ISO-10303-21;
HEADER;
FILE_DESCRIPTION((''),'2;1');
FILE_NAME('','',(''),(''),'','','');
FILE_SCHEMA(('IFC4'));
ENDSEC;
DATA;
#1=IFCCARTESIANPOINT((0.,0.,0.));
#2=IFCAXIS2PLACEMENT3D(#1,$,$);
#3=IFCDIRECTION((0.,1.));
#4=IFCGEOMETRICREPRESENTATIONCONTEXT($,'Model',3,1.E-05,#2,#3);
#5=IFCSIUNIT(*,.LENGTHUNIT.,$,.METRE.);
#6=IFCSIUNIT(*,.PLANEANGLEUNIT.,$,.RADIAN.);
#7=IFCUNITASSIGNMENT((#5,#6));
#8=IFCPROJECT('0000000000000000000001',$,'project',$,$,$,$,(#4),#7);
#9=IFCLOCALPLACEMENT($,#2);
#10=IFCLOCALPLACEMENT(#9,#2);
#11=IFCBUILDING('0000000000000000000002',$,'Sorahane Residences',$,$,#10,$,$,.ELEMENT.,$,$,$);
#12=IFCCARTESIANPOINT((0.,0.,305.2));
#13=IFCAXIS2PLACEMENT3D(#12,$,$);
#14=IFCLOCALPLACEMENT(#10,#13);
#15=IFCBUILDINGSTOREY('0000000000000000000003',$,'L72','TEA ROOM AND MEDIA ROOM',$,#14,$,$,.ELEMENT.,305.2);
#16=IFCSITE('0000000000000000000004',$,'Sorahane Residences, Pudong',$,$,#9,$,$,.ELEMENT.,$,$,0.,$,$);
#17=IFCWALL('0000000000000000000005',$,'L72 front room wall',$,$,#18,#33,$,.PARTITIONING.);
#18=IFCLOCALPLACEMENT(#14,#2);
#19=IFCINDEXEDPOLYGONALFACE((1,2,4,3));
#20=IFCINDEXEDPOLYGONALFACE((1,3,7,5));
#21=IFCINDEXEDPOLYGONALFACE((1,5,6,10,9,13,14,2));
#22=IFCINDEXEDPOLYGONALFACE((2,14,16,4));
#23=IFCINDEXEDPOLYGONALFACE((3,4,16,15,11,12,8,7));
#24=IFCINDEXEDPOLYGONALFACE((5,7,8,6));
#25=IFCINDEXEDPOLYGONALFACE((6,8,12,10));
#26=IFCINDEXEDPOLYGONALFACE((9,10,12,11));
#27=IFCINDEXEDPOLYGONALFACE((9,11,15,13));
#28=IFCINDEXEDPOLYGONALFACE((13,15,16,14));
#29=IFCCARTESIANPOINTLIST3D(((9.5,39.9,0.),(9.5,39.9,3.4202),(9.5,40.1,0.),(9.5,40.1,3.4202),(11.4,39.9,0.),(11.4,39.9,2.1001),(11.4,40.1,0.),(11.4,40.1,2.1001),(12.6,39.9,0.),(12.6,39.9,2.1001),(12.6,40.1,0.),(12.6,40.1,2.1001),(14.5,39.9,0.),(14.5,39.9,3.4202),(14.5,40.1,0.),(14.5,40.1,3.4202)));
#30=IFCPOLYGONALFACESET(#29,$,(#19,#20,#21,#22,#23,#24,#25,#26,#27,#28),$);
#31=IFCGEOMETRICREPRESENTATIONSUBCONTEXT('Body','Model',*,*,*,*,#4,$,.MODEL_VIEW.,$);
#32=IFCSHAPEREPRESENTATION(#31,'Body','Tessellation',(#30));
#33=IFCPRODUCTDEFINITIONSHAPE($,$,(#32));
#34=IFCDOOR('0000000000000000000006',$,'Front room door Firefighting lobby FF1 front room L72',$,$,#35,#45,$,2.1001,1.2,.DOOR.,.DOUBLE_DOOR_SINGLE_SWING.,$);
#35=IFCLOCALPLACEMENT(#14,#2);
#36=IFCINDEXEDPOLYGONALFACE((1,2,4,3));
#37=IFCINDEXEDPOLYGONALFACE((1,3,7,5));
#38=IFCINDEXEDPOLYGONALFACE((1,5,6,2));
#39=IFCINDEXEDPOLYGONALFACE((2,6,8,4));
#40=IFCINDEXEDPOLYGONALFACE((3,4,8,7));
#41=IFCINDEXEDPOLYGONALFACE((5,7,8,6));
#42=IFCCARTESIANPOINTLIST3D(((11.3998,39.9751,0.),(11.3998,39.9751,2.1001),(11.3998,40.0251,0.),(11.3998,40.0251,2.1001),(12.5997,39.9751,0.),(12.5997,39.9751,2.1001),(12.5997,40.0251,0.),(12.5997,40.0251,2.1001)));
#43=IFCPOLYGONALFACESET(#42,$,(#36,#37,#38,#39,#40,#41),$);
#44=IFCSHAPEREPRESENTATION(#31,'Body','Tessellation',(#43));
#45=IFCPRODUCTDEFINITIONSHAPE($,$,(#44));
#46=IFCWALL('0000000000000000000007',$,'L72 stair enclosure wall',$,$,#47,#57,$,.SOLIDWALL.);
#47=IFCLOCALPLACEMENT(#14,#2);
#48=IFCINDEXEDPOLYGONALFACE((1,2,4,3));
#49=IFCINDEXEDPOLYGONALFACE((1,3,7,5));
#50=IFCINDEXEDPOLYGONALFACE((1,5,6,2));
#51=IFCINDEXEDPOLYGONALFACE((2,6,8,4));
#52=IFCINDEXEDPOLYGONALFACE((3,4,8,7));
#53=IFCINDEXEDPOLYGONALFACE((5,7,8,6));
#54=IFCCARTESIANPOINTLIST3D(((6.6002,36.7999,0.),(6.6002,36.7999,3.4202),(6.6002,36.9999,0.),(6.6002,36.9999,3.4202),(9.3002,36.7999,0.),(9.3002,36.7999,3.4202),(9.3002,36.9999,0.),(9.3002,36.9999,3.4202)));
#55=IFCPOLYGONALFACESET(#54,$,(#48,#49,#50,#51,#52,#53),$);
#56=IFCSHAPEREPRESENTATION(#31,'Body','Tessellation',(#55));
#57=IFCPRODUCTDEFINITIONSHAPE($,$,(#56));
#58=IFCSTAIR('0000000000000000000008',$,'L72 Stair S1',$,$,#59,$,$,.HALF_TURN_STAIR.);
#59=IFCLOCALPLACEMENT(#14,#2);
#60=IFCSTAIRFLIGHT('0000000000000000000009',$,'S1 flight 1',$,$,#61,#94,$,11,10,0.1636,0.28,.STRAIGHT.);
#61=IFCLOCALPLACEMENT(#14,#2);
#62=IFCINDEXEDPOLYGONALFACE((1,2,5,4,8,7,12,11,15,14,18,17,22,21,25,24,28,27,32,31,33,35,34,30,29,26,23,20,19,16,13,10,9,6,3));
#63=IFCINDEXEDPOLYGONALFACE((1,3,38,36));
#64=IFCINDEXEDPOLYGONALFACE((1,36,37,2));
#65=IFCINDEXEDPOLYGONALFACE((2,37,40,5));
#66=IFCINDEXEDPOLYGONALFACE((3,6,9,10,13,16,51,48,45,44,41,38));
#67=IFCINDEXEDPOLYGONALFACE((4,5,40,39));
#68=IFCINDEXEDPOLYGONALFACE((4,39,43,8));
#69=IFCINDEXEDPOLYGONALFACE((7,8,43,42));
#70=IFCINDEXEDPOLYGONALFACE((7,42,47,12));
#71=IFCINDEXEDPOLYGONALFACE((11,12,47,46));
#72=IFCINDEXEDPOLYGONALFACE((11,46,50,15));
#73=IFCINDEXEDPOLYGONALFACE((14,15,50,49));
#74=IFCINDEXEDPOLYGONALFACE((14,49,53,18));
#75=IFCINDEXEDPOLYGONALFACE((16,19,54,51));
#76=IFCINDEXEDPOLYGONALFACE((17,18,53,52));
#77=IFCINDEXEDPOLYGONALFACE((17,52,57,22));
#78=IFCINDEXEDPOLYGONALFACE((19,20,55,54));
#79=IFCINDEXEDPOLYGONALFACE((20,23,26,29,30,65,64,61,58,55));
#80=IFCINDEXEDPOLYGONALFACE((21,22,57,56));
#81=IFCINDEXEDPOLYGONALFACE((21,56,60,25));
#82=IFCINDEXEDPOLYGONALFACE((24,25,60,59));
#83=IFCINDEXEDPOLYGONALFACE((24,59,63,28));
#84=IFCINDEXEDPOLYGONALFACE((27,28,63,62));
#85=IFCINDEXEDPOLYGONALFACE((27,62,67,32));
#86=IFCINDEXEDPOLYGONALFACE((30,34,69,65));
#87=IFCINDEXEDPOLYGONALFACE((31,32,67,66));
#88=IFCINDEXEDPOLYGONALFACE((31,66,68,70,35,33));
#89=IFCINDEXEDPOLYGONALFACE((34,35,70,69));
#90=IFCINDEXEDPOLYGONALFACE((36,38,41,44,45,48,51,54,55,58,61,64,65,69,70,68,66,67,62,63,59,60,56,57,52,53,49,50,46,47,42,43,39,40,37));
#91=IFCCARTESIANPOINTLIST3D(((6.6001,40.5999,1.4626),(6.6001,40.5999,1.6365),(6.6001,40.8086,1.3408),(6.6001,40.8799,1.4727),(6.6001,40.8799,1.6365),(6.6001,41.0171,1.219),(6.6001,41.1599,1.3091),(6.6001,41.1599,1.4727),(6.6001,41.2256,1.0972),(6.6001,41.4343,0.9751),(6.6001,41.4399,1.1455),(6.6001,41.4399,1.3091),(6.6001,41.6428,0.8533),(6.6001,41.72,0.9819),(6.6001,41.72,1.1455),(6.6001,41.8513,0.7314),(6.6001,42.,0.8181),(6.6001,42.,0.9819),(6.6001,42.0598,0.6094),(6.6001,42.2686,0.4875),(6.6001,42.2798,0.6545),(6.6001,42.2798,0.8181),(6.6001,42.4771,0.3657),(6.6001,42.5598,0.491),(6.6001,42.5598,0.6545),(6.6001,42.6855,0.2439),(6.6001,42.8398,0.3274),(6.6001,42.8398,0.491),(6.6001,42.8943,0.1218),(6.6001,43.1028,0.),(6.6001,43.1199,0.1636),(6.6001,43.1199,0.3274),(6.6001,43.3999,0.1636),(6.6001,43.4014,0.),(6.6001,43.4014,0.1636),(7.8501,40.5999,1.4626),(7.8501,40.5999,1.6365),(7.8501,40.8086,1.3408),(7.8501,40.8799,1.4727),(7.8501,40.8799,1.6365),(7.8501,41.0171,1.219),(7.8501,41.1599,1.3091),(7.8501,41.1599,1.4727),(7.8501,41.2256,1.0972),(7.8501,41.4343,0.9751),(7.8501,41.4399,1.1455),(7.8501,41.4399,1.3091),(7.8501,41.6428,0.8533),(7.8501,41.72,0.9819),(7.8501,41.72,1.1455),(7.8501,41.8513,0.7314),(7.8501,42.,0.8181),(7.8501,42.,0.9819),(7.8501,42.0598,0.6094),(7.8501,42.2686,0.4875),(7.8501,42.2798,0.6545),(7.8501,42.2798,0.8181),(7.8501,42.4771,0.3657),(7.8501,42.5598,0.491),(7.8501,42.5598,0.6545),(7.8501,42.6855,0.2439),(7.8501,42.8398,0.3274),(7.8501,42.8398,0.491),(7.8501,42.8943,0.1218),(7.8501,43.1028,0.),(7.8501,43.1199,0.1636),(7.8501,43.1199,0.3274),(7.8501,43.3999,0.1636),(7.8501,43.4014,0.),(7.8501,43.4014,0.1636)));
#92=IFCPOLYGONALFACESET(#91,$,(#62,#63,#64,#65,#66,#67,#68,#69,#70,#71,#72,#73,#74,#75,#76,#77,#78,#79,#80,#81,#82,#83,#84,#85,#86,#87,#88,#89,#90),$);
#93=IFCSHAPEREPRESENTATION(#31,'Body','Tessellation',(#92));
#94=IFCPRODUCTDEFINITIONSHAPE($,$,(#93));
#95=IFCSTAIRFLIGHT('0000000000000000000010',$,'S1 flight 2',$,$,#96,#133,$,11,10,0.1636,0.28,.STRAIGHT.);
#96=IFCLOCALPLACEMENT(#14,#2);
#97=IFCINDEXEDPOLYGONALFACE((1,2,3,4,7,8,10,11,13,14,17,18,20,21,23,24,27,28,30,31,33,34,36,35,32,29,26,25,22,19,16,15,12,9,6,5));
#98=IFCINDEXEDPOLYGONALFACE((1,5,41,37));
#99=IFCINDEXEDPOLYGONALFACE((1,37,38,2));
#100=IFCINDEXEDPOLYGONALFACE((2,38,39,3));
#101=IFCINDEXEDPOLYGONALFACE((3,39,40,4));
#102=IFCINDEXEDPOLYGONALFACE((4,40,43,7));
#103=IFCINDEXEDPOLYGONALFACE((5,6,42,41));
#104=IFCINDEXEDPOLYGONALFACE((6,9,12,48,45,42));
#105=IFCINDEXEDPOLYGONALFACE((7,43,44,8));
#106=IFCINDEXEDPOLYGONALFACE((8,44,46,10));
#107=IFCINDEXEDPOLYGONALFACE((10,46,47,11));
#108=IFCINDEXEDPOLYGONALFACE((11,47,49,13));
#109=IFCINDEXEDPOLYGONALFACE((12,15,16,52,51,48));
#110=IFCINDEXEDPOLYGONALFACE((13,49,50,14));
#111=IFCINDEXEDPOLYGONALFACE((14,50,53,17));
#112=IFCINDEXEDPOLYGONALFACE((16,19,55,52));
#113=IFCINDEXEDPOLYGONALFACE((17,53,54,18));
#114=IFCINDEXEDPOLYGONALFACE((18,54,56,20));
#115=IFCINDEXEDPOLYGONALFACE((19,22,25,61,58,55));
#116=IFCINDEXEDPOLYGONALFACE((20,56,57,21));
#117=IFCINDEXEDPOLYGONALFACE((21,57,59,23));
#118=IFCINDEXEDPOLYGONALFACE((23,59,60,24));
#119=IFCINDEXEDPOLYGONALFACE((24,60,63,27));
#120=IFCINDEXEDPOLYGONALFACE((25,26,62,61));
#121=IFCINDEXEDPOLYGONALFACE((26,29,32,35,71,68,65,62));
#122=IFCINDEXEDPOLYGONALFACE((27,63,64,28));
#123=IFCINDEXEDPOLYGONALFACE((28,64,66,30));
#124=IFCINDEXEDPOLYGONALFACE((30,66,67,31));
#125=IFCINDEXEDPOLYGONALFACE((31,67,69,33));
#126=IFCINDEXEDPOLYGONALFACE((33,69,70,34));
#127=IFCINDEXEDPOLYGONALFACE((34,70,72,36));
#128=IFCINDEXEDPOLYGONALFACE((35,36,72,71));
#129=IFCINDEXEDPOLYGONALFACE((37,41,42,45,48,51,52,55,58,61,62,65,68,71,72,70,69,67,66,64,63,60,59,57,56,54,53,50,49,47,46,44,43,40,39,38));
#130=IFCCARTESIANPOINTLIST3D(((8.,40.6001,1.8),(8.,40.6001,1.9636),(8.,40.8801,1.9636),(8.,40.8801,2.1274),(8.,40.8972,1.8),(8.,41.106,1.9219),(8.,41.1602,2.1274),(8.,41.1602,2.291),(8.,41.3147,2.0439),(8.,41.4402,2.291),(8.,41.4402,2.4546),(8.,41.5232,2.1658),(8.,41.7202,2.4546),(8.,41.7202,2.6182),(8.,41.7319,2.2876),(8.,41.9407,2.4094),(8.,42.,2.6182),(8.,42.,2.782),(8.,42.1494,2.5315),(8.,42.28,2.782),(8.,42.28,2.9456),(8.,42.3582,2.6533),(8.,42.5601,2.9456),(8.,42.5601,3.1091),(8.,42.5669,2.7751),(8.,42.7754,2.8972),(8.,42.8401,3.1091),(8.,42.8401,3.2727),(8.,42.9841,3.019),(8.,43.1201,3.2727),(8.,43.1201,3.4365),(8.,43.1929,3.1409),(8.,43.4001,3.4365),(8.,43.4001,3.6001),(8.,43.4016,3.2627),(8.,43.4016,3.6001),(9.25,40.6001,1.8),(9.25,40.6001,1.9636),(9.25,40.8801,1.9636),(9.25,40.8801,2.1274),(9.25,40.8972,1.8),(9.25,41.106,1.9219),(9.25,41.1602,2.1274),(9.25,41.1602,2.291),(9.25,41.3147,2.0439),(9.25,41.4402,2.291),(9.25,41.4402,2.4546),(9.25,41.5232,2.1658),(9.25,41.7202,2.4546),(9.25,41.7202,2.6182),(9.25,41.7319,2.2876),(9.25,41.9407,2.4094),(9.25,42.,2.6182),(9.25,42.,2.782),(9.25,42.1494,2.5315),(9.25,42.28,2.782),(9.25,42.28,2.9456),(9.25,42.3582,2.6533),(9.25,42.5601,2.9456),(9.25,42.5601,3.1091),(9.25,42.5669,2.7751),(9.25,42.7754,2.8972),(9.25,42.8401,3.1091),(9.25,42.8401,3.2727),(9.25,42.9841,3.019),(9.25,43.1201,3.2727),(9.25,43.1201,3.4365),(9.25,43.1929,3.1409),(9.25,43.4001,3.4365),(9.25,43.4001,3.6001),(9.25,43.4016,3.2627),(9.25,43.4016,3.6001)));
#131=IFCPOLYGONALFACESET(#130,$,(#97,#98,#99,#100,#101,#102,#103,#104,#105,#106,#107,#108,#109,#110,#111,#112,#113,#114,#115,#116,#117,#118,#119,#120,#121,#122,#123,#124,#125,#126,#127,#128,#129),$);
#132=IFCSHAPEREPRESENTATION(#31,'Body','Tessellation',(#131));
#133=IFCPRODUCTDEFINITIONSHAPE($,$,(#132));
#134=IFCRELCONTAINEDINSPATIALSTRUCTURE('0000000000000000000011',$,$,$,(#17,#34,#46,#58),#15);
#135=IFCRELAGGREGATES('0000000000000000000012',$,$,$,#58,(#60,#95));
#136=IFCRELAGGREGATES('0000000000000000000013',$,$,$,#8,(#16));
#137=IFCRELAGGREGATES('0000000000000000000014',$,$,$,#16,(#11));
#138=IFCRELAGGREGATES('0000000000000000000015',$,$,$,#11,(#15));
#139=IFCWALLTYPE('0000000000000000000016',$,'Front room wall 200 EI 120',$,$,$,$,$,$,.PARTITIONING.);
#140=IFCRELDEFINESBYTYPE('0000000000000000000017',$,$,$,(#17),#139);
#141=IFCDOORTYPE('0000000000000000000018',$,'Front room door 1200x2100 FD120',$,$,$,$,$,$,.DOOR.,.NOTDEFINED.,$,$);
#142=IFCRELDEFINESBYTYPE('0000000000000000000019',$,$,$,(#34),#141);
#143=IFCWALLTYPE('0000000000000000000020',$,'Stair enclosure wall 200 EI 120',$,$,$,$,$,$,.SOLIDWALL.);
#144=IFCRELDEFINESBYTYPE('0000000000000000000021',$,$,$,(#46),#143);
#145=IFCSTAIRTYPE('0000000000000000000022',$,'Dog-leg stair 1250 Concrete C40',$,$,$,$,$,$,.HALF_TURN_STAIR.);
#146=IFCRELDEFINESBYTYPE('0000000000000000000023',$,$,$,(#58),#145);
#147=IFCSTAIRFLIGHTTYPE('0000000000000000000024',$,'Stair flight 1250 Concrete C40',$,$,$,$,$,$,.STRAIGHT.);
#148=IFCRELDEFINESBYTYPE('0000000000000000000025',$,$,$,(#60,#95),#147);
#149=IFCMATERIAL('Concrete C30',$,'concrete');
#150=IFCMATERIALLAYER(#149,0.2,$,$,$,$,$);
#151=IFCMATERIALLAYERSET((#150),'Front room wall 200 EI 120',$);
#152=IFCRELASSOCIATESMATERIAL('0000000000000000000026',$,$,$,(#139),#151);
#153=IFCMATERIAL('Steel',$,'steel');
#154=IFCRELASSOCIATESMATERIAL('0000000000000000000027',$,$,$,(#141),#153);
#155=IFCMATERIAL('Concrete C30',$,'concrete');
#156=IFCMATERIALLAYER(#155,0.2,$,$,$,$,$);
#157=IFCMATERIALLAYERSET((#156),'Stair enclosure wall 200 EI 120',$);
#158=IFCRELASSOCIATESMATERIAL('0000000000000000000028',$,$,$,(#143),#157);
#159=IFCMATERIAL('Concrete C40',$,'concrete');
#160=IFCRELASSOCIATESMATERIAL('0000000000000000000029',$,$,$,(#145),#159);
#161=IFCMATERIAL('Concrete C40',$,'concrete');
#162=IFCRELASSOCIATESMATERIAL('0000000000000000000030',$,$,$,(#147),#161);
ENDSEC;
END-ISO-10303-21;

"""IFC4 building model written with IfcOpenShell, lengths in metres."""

from ifc_helpers import new_model, si_unit, direction, frame, frame_2d, origin, place, context, subcontext, project, spatial, polyline, rectangle, outline, extrude, material, layer, layer_set, type_object, element, fill, aggregate, save


model = new_model("IFC4")

# Units and contexts
model_context = context("Model", 3, precision=1e-05, world=origin(), true_north=direction((0.0, 1.0)))
body_context = subcontext(model_context, "Body", "Model", "MODEL_VIEW")
ifc_project = project(units=[si_unit("LENGTHUNIT", "METRE"), si_unit("PLANEANGLEUNIT", "RADIAN")], contexts=[model_context])

# Site, building, storey
site_placement = place(None, origin())
site = spatial("IfcSite", under=ifc_project, at=site_placement, Name="Sorahane Residences, Pudong", CompositionType="ELEMENT", RefElevation=0.0)
building_placement = place(site_placement, origin())
building = spatial("IfcBuilding", under=site, at=building_placement, Name="Sorahane Residences", CompositionType="ELEMENT")
storey_placement = place(building_placement, frame((0.0, 0.0, 305.2)))
storey = spatial("IfcBuildingStorey", under=building, at=storey_placement, Name="L72", Description="TEA ROOM AND MEDIA ROOM", CompositionType="ELEMENT", Elevation=305.2)

# Wall, opening, door
ifc_material_1 = material(Name="Concrete C30", Category="concrete")
ifc_layer_1 = layer(ifc_material_1, 0.2)
ifc_layer_set_1 = layer_set([ifc_layer_1], Name="Front room wall 200 EI 120")
wall_type_1 = type_object("IfcWallType", Name="Front room wall 200 EI 120", PredefinedType="PARTITIONING", material=ifc_layer_set_1)
wall_1_placement = place(storey_placement, frame((9.5, 40.0, 0.0), z_axis=(0.0, 0.0, 1.0), x_axis=(1.0, 0.0, 0.0)))
wall_1 = element("IfcWall", 1, at=wall_1_placement, inside=storey, type_object=wall_type_1, Name="L72 front room wall", PredefinedType="PARTITIONING", context=body_context, shape_type="SweptSolid", body=[
    extrude(rectangle(XDim=5.0, YDim=0.2, at=frame_2d((2.5, 0.0))), origin(), (0.0, 0.0, 1.0), 3.4202),
])
opening_placement = place(wall_1_placement, frame((1.8999, 0.0, 0.0)))
opening = element("IfcOpeningElement", 2, at=opening_placement, cuts=wall_1, PredefinedType="OPENING", context=body_context, shape_type="SweptSolid", body=[
    extrude(rectangle(XDim=1.2, YDim=2.1001, at=frame_2d((0.6001, 1.05))), frame((0.0, 0.1099, 0.0), z_axis=(0.0, -1.0, 0.0), x_axis=(1.0, 0.0, 0.0)), (0.0, 0.0, 1.0), 0.22),
])
ifc_material_2 = material(Name="Steel", Category="steel")
door_type = type_object("IfcDoorType", Name="Front room door 1200x2100 FD120", OperationType="NOTDEFINED", PredefinedType="DOOR", material=ifc_material_2)
door_placement = place(opening_placement, frame((1.2, 0.0, 0.0), z_axis=(0.0, 0.0, 1.0), x_axis=(-1.0, 0.0, 0.0)))
door = element("IfcDoor", 3, at=door_placement, inside=storey, type_object=door_type, Name="Front room door Firefighting lobby FF1 front room L72", OperationType="DOUBLE_DOOR_SINGLE_SWING", OverallHeight=2.1001, OverallWidth=1.2, PredefinedType="DOOR", context=body_context, shape_type="SweptSolid", body=[
    extrude(rectangle(XDim=1.2, YDim=2.1001, at=frame_2d((0.6001, 1.05))), frame((0.0, 0.0249, 0.0), z_axis=(0.0, -1.0, 0.0), x_axis=(1.0, 0.0, 0.0)), (0.0, 0.0, 1.0), 0.05),
])
fill(opening, door)

# Wall
ifc_material_3 = material(Name="Concrete C30", Category="concrete")
ifc_layer_2 = layer(ifc_material_3, 0.2)
ifc_layer_set_2 = layer_set([ifc_layer_2], Name="Stair enclosure wall 200 EI 120")
wall_type_2 = type_object("IfcWallType", Name="Stair enclosure wall 200 EI 120", PredefinedType="SOLIDWALL", material=ifc_layer_set_2)
wall_2_placement = place(storey_placement, frame((6.6001, 36.8999, 0.0), z_axis=(0.0, 0.0, 1.0), x_axis=(1.0, 0.0, 0.0)))
element("IfcWall", 4, at=wall_2_placement, inside=storey, type_object=wall_type_2, Name="L72 stair enclosure wall", PredefinedType="SOLIDWALL", context=body_context, shape_type="SweptSolid", body=[
    extrude(rectangle(XDim=2.7, YDim=0.2, at=frame_2d((1.3501, 0.0))), origin(), (0.0, 0.0, 1.0), 3.4202),
])

# Stair, stair flights
ifc_material_4 = material(Name="Concrete C40", Category="concrete")
stair_type = type_object("IfcStairType", Name="Dog-leg stair 1250 Concrete C40", PredefinedType="HALF_TURN_STAIR", material=ifc_material_4)
stair_placement = place(storey_placement, origin())
stair = element("IfcStair", 5, at=stair_placement, inside=storey, type_object=stair_type, Name="L72 Stair S1", PredefinedType="HALF_TURN_STAIR")
ifc_material_5 = material(Name="Concrete C40", Category="concrete")
stair_flight_type = type_object("IfcStairFlightType", Name="Stair flight 1250 Concrete C40", PredefinedType="STRAIGHT", material=ifc_material_5)
stair_flight_1_placement = place(storey_placement, frame((7.2251, 43.3999, 0.0), z_axis=(0.0, 0.0, 1.0), x_axis=(0.0, -1.0, 0.0)))
stair_flight_1 = element("IfcStairFlight", 6, at=stair_flight_1_placement, type_object=stair_flight_type, Name="S1 flight 1", NumberOfRisers=11, NumberOfTreads=10, PredefinedType="STRAIGHT", RiserHeight=0.1636, TreadLength=0.28, context=body_context, shape_type="SweptSolid", body=[
    extrude(outline(polyline([(-0.0015, 0.0), (-0.0015, 0.1636), (0.0, 0.1636), (0.28, 0.1636), (0.28, 0.3274), (0.5601, 0.3274), (0.5601, 0.491), (0.8401, 0.491), (0.8401, 0.6545), (1.1201, 0.6545), (1.1201, 0.8181), (1.3999, 0.8181), (1.3999, 0.9819), (1.6799, 0.9819), (1.6799, 1.1455), (1.96, 1.1455), (1.96, 1.3091), (2.24, 1.3091), (2.24, 1.4727), (2.52, 1.4727), (2.52, 1.6365), (2.8, 1.6365), (2.8, 1.8), (2.8, 1.4626), (2.5913, 1.3408), (2.3828, 1.219), (2.1743, 1.0972), (1.9656, 0.9751), (1.7571, 0.8533), (1.5486, 0.7314), (1.3401, 0.6094), (1.1313, 0.4875), (0.9229, 0.3657), (0.7144, 0.2439), (0.5056, 0.1218), (0.2971, 0.0), (-0.0015, 0.0)])), frame((0.0, 0.625, 0.0), z_axis=(0.0, -1.0, 0.0), x_axis=(1.0, 0.0, 0.0)), (0.0, 0.0, 1.0), 1.25),
])
stair_flight_2_placement = place(storey_placement, frame((8.625, 40.6001, 1.8), z_axis=(0.0, 0.0, 1.0), x_axis=(0.0, 1.0, 0.0)))
stair_flight_2 = element("IfcStairFlight", 7, at=stair_flight_2_placement, type_object=stair_flight_type, Name="S1 flight 2", NumberOfRisers=11, NumberOfTreads=10, PredefinedType="STRAIGHT", RiserHeight=0.1636, TreadLength=0.28, context=body_context, shape_type="SweptSolid", body=[
    extrude(outline(polyline([(0.0, 0.0), (0.0, 0.1636), (0.28, 0.1636), (0.28, 0.3274), (0.5601, 0.3274), (0.5601, 0.491), (0.8401, 0.491), (0.8401, 0.6545), (1.1201, 0.6545), (1.1201, 0.8181), (1.3999, 0.8181), (1.3999, 0.9819), (1.6799, 0.9819), (1.6799, 1.1455), (1.96, 1.1455), (1.96, 1.3091), (2.24, 1.3091), (2.24, 1.4727), (2.52, 1.4727), (2.52, 1.6365), (2.8, 1.6365), (2.8, 1.8), (2.8015, 1.8), (2.8015, 1.4626), (2.5928, 1.3408), (2.384, 1.219), (2.1753, 1.0972), (1.9668, 0.9751), (1.7581, 0.8533), (1.5493, 0.7314), (1.3406, 0.6094), (1.1318, 0.4875), (0.9231, 0.3657), (0.7146, 0.2439), (0.5059, 0.1218), (0.2971, 0.0), (0.0, 0.0)])), frame((0.0, 0.625, 0.0), z_axis=(0.0, -1.0, 0.0), x_axis=(1.0, 0.0, 0.0)), (0.0, 0.0, 1.0), 1.25),
])
aggregate(stair, [stair_flight_1, stair_flight_2])

save(model, "model.ifc")
